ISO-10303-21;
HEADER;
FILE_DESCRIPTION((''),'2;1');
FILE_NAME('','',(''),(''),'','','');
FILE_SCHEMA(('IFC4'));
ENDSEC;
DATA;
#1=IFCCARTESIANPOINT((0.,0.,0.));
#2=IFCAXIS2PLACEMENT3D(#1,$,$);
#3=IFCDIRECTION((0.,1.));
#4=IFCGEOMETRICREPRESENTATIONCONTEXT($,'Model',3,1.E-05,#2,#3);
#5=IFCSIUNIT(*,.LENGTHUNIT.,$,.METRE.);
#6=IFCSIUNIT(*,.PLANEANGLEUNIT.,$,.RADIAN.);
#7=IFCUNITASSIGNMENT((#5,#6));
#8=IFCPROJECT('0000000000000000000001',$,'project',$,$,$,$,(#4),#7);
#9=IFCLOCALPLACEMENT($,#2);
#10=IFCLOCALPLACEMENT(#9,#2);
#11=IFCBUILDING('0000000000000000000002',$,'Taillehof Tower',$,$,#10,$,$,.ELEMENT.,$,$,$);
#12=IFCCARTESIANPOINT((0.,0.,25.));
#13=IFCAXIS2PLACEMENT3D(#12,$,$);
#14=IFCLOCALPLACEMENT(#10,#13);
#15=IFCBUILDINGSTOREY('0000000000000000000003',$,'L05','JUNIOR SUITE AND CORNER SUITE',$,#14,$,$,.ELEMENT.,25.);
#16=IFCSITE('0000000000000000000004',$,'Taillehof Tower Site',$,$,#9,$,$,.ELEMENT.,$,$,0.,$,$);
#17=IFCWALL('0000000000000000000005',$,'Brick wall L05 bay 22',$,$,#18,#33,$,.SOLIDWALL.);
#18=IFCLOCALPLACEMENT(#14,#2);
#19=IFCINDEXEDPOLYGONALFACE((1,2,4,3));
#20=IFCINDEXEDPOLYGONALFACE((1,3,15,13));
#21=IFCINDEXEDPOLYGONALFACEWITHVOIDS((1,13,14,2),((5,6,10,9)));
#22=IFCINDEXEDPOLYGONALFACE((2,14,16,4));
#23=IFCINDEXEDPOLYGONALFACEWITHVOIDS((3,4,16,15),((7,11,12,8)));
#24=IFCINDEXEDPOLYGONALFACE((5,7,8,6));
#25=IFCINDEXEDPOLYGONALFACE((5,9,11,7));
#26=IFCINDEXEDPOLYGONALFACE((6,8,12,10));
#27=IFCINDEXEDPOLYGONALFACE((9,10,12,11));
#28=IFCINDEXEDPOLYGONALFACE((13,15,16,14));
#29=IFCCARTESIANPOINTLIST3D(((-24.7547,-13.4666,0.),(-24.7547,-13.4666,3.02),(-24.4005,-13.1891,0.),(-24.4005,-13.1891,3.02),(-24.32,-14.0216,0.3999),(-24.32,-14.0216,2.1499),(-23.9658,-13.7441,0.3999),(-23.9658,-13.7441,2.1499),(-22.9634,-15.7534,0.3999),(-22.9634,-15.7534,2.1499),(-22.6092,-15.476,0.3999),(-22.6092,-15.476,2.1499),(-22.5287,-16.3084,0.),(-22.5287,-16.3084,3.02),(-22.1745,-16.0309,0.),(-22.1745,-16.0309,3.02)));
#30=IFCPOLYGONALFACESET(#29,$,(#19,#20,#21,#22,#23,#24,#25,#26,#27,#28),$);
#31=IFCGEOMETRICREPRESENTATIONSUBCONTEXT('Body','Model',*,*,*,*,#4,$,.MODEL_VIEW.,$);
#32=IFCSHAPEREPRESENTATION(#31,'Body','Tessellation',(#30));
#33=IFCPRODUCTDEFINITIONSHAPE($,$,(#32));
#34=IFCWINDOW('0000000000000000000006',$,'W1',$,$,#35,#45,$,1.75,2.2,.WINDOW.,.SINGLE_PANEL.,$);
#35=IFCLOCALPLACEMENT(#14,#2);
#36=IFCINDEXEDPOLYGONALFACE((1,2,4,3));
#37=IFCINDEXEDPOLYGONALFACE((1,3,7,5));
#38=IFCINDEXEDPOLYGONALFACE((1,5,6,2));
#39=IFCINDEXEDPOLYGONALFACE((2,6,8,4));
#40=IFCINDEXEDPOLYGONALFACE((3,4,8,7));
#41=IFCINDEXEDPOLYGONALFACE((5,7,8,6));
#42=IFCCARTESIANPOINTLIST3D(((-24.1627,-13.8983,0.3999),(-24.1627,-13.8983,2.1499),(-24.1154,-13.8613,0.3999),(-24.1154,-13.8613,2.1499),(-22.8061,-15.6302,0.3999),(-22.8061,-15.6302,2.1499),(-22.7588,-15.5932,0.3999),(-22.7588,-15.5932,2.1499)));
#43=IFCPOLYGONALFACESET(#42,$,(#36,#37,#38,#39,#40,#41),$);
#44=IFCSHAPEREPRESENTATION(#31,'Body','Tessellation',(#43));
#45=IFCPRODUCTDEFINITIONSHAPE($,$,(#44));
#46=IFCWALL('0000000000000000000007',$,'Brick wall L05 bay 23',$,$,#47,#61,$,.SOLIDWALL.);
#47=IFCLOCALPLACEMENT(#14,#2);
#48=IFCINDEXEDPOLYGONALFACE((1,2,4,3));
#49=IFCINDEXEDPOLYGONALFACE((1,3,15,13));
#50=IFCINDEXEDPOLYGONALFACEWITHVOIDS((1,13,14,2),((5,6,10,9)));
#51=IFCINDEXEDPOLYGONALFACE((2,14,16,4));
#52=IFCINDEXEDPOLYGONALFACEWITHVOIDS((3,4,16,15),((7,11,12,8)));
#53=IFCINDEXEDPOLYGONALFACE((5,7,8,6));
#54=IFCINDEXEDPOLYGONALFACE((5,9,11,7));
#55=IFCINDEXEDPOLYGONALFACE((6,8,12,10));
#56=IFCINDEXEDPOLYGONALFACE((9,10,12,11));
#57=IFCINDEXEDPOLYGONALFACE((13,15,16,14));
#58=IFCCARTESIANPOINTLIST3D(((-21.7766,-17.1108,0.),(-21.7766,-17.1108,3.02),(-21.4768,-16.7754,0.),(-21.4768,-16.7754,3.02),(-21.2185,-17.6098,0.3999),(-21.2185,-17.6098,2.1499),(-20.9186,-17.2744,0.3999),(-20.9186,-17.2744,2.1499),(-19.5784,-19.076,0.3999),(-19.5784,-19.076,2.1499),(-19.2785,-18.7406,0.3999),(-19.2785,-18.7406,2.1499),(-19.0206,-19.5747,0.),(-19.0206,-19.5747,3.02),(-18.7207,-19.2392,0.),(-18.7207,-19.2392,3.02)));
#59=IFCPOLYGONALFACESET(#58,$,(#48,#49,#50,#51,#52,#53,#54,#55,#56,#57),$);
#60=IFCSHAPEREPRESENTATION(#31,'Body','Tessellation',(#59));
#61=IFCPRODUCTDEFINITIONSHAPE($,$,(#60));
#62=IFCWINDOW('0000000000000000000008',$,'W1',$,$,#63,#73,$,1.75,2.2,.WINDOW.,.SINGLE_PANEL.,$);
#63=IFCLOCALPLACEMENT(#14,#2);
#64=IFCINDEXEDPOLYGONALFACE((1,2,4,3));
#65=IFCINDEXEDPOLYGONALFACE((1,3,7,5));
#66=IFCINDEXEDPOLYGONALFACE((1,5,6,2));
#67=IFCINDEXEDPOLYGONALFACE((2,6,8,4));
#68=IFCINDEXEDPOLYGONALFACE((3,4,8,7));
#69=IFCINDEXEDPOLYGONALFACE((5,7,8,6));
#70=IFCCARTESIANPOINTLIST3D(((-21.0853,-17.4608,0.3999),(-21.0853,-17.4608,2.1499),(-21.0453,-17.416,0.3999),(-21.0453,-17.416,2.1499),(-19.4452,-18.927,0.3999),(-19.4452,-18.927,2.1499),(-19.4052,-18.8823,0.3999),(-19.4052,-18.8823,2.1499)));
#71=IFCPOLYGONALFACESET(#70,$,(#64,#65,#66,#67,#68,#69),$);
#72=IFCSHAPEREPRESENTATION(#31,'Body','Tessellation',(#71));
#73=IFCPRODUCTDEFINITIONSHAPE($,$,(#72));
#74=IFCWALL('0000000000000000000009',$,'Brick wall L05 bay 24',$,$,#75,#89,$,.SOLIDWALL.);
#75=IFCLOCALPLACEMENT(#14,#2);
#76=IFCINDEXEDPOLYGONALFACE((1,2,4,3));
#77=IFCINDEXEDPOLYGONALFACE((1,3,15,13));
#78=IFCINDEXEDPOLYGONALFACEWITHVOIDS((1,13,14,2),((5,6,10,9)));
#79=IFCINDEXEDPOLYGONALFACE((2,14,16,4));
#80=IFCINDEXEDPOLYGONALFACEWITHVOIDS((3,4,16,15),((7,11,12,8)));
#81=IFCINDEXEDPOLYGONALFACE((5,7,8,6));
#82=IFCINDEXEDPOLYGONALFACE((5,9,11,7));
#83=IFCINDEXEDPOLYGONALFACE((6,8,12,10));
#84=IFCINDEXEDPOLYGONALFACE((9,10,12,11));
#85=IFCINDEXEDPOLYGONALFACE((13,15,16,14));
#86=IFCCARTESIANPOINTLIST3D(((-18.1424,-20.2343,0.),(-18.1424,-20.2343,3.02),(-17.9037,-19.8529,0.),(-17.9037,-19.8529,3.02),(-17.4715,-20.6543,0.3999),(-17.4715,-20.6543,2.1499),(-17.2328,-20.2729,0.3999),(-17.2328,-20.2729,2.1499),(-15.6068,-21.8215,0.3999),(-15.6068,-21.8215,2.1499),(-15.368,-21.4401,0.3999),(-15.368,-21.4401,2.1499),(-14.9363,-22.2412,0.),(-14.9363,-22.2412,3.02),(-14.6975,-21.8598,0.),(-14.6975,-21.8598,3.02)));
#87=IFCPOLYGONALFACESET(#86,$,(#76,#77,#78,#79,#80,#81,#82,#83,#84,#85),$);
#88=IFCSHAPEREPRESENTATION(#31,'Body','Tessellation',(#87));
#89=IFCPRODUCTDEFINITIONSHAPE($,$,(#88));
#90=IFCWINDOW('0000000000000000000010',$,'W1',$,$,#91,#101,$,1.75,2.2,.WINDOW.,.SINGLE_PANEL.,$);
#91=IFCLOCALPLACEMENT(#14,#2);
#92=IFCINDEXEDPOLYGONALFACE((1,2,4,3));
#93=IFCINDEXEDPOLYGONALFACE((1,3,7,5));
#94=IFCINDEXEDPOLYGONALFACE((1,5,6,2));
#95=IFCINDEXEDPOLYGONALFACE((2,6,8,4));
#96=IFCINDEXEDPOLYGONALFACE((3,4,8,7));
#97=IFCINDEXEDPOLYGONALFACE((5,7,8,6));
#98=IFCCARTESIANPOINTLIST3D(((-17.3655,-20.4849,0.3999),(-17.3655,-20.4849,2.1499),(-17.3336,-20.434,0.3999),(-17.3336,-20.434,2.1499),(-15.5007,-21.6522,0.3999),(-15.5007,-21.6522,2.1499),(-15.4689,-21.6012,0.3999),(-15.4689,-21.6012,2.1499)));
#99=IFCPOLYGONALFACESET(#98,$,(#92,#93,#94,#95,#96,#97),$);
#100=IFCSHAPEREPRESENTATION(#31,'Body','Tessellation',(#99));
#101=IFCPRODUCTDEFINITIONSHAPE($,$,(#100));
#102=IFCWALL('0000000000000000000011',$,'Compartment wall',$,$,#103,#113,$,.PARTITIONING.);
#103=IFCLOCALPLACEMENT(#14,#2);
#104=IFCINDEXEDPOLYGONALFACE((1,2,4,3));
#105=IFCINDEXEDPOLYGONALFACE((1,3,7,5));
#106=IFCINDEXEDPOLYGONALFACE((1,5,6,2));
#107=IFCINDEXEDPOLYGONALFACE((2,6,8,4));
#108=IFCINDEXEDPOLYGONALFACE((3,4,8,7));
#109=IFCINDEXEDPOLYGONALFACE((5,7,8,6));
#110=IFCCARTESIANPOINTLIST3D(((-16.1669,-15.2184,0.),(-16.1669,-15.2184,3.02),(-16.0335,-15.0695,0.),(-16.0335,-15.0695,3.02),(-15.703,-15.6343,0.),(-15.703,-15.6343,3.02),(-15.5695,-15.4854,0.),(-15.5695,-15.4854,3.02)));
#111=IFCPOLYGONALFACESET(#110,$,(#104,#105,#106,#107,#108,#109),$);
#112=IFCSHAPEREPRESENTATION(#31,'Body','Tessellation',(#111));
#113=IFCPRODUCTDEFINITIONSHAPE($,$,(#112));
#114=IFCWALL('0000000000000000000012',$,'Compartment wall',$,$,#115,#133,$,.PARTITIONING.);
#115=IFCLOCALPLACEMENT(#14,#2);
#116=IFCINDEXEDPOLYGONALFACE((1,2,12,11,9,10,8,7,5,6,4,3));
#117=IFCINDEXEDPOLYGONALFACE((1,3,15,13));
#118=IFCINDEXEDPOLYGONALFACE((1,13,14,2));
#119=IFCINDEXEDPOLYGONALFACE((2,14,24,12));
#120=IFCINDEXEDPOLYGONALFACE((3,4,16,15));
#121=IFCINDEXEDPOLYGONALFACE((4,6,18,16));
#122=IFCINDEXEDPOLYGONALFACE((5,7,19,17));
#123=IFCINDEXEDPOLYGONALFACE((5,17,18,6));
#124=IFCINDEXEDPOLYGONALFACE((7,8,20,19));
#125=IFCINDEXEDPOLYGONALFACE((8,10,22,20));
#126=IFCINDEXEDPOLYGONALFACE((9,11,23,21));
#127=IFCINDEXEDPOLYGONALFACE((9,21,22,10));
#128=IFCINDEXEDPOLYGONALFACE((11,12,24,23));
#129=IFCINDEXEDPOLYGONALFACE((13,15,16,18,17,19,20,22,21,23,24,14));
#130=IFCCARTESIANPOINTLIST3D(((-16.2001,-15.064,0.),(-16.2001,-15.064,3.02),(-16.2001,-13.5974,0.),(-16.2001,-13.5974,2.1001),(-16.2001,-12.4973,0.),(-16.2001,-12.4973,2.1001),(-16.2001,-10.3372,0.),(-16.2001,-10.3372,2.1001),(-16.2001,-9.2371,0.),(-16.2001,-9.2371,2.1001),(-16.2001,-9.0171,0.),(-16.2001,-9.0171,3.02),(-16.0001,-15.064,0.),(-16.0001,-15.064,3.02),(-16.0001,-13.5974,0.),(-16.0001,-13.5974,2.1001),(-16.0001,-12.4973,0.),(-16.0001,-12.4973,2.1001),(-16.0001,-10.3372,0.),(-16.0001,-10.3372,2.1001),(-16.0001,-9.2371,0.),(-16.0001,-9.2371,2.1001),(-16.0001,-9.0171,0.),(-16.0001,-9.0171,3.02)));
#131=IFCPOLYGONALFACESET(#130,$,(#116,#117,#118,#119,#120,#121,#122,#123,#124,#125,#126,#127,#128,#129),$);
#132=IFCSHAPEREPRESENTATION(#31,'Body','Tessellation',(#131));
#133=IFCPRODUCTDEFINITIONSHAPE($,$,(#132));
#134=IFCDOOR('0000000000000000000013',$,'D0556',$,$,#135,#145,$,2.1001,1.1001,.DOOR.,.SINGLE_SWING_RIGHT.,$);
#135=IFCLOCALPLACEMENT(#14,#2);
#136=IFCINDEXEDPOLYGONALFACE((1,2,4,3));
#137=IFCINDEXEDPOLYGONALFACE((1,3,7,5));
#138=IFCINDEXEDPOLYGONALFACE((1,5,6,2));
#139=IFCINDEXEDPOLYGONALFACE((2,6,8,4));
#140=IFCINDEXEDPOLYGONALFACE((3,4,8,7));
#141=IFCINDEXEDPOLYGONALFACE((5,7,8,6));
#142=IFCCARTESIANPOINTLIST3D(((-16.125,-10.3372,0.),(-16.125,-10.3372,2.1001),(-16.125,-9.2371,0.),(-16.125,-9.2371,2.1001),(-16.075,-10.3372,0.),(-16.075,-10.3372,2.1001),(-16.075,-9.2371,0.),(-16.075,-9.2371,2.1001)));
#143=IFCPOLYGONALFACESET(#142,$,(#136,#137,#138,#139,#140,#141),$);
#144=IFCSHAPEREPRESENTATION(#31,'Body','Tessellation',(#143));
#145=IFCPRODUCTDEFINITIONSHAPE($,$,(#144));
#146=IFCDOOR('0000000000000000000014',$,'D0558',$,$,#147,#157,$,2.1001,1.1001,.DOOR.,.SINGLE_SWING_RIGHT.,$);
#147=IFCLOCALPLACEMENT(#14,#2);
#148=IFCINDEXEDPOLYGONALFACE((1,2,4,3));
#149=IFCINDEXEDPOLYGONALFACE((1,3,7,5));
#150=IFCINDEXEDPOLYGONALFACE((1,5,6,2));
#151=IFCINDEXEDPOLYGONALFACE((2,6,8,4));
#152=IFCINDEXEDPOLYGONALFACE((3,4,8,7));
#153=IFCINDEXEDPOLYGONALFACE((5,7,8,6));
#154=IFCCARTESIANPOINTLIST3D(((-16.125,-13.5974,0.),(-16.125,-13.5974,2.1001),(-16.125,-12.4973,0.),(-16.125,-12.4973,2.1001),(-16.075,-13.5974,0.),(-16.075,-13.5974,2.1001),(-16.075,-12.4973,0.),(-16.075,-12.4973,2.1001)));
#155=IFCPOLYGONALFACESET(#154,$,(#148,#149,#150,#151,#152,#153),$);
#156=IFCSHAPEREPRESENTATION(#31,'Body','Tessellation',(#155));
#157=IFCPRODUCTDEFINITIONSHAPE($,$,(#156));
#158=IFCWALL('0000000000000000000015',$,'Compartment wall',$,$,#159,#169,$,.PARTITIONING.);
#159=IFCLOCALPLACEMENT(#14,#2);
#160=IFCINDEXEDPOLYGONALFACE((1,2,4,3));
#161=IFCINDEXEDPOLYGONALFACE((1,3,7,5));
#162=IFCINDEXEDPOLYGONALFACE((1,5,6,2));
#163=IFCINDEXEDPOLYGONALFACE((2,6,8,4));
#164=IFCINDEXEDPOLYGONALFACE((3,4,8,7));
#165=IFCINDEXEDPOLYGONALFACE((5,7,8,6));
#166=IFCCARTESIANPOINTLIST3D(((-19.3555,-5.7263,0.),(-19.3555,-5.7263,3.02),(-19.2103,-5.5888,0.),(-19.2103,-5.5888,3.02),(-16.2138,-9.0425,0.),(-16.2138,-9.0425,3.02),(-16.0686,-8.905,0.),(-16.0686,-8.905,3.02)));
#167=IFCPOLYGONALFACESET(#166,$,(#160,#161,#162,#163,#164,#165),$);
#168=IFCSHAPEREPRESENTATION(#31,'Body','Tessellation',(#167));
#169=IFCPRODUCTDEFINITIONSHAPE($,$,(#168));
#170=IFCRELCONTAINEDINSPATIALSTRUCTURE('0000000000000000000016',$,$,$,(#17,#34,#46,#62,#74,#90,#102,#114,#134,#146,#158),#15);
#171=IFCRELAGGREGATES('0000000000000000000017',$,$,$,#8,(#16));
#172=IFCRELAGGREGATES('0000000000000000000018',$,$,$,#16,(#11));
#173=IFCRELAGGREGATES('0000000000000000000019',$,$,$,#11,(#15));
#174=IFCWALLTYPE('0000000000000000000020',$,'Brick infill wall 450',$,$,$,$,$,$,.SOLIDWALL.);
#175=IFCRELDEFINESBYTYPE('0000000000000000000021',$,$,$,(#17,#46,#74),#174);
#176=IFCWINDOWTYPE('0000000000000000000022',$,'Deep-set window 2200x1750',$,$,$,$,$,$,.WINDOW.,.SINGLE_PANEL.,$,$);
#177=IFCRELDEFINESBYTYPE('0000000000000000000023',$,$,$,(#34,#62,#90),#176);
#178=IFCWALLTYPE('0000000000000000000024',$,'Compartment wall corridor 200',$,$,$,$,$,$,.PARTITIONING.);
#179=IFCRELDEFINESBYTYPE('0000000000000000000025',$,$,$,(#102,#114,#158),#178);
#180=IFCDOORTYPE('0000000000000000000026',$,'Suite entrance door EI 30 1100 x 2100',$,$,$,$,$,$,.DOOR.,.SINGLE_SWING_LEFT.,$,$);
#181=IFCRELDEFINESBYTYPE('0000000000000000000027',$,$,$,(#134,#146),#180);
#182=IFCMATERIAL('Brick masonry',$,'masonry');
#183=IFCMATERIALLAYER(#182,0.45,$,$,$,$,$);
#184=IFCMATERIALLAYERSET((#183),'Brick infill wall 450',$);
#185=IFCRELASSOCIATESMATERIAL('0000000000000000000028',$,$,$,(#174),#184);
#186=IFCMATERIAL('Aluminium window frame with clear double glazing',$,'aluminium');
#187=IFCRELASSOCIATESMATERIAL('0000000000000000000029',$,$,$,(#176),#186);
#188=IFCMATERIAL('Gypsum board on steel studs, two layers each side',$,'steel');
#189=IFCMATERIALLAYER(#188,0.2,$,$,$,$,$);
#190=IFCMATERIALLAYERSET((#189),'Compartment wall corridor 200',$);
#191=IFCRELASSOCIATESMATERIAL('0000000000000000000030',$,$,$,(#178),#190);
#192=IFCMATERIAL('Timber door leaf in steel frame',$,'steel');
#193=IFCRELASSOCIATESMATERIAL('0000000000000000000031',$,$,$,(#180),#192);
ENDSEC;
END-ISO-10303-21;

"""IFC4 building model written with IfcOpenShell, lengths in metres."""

from ifc_helpers import new_model, si_unit, direction, frame, frame_2d, origin, place, context, subcontext, project, spatial, rectangle, extrude, material, layer, layer_set, type_object, element, fill, save


model = new_model("IFC4")

# Units and contexts
model_context = context("Model", 3, precision=1e-05, world=origin(), true_north=direction((0.0, 1.0)))
body_context = subcontext(model_context, "Body", "Model", "MODEL_VIEW")
ifc_project = project(units=[si_unit("LENGTHUNIT", "METRE"), si_unit("PLANEANGLEUNIT", "RADIAN")], contexts=[model_context])

# Site, building, storey
site_placement = place(None, origin())
site = spatial("IfcSite", under=ifc_project, at=site_placement, Name="Taillehof Tower Site", CompositionType="ELEMENT", RefElevation=0.0)
building_placement = place(site_placement, origin())
building = spatial("IfcBuilding", under=site, at=building_placement, Name="Taillehof Tower", CompositionType="ELEMENT")
storey_placement = place(building_placement, frame((0.0, 0.0, 25.0)))
storey = spatial("IfcBuildingStorey", under=building, at=storey_placement, Name="L05", Description="JUNIOR SUITE AND CORNER SUITE", CompositionType="ELEMENT", Elevation=25.0)

# Walls, openings, windows
ifc_material_1 = material(Name="Brick masonry", Category="masonry")
ifc_layer_1 = layer(ifc_material_1, 0.45)
ifc_layer_set_1 = layer_set([ifc_layer_1], Name="Brick infill wall 450")
wall_type_1 = type_object("IfcWallType", Name="Brick infill wall 450", PredefinedType="SOLIDWALL", material=ifc_layer_set_1)
ifc_material_2 = material(Name="Aluminium window frame with clear double glazing", Category="aluminium")
window_type = type_object("IfcWindowType", Name="Deep-set window 2200x1750", PartitioningType="SINGLE_PANEL", PredefinedType="WINDOW", material=ifc_material_2)
wall_1_placement = place(storey_placement, frame((-24.5776, -13.3279, 0.0), z_axis=(0.0, 0.0, 1.0), x_axis=(0.616662, -0.787228, 0.0)))
wall_1 = element("IfcWall", 1, at=wall_1_placement, inside=storey, type_object=wall_type_1, Name="Brick wall L05 bay 22", PredefinedType="SOLIDWALL", context=body_context, shape_type="SweptSolid", body=[
    extrude(rectangle(XDim=3.6099, YDim=0.45, at=frame_2d((1.8049, 0.0))), origin(), (0.0, 0.0, 1.0), 3.02),
])
opening_1_placement = place(wall_1_placement, frame((0.7048, 0.0, 0.3999)))
opening_1 = element("IfcOpeningElement", 2, at=opening_1_placement, cuts=wall_1, PredefinedType="OPENING", context=body_context, shape_type="SweptSolid", body=[
    extrude(rectangle(XDim=2.2, YDim=1.75, at=frame_2d((1.1001, 0.875))), frame((0.0, 0.2349, 0.0), z_axis=(0.0, -1.0, 0.0), x_axis=(1.0, 0.0, 0.0)), (0.0, 0.0, 1.0), 0.47),
])
window_1_placement = place(opening_1_placement, origin())
window_1 = element("IfcWindow", 3, at=window_1_placement, inside=storey, type_object=window_type, Name="W1", OverallHeight=1.75, OverallWidth=2.2, PartitioningType="SINGLE_PANEL", PredefinedType="WINDOW", context=body_context, shape_type="SweptSolid", body=[
    extrude(rectangle(XDim=2.2, YDim=1.75, at=frame_2d((1.1001, 0.875))), frame((0.0, 0.0349, 0.0), z_axis=(0.0, -1.0, 0.0), x_axis=(1.0, 0.0, 0.0)), (0.0, 0.0, 1.0), 0.0601),
])
fill(opening_1, window_1)
wall_2_placement = place(storey_placement, frame((-21.6267, -16.9431, 0.0), z_axis=(0.0, 0.0, 1.0), x_axis=(0.745526, -0.666476, 0.0)))
wall_2 = element("IfcWall", 4, at=wall_2_placement, inside=storey, type_object=wall_type_1, Name="Brick wall L05 bay 23", PredefinedType="SOLIDWALL", context=body_context, shape_type="SweptSolid", body=[
    extrude(rectangle(XDim=3.6968, YDim=0.45, at=frame_2d((1.8484, 0.0))), origin(), (0.0, 0.0, 1.0), 3.02),
])
opening_2_placement = place(wall_2_placement, frame((0.7485, 0.0, 0.3999)))
opening_2 = element("IfcOpeningElement", 5, at=opening_2_placement, cuts=wall_2, PredefinedType="OPENING", context=body_context, shape_type="SweptSolid", body=[
    extrude(rectangle(XDim=2.2, YDim=1.75, at=frame_2d((1.1001, 0.875))), frame((0.0, 0.2349, 0.0), z_axis=(0.0, -1.0, 0.0), x_axis=(1.0, 0.0, 0.0)), (0.0, 0.0, 1.0), 0.47),
])
window_2_placement = place(opening_2_placement, origin())
window_2 = element("IfcWindow", 6, at=window_2_placement, inside=storey, type_object=window_type, Name="W1", OverallHeight=1.75, OverallWidth=2.2, PartitioningType="SINGLE_PANEL", PredefinedType="WINDOW", context=body_context, shape_type="SweptSolid", body=[
    extrude(rectangle(XDim=2.2, YDim=1.75, at=frame_2d((1.1001, 0.875))), frame((0.0, 0.0349, 0.0), z_axis=(0.0, -1.0, 0.0), x_axis=(1.0, 0.0, 0.0)), (0.0, 0.0, 1.0), 0.0601),
])
fill(opening_2, window_2)
wall_3_placement = place(storey_placement, frame((-18.0229, -20.0437, 0.0), z_axis=(0.0, 0.0, 1.0), x_axis=(0.847635, -0.530579, 0.0)))
wall_3 = element("IfcWall", 7, at=wall_3_placement, inside=storey, type_object=wall_type_1, Name="Brick wall L05 bay 24", PredefinedType="SOLIDWALL", context=body_context, shape_type="SweptSolid", body=[
    extrude(rectangle(XDim=3.7825, YDim=0.45, at=frame_2d((1.8911, 0.0))), origin(), (0.0, 0.0, 1.0), 3.02),
])
opening_3_placement = place(wall_3_placement, frame((0.7913, 0.0, 0.3999)))
opening_3 = element("IfcOpeningElement", 8, at=opening_3_placement, cuts=wall_3, PredefinedType="OPENING", context=body_context, shape_type="SweptSolid", body=[
    extrude(rectangle(XDim=2.2, YDim=1.75, at=frame_2d((1.1001, 0.875))), frame((0.0, 0.2349, 0.0), z_axis=(0.0, -1.0, 0.0), x_axis=(1.0, 0.0, 0.0)), (0.0, 0.0, 1.0), 0.47),
])
window_3_placement = place(opening_3_placement, origin())
window_3 = element("IfcWindow", 9, at=window_3_placement, inside=storey, type_object=window_type, Name="W1", OverallHeight=1.75, OverallWidth=2.2, PartitioningType="SINGLE_PANEL", PredefinedType="WINDOW", context=body_context, shape_type="SweptSolid", body=[
    extrude(rectangle(XDim=2.2, YDim=1.75, at=frame_2d((1.1001, 0.875))), frame((0.0, 0.0349, 0.0), z_axis=(0.0, -1.0, 0.0), x_axis=(1.0, 0.0, 0.0)), (0.0, 0.0, 1.0), 0.0601),
])
fill(opening_3, window_3)

# Wall
ifc_material_3 = material(Name="Gypsum board on steel studs, two layers each side", Category="steel")
ifc_layer_2 = layer(ifc_material_3, 0.2)
ifc_layer_set_2 = layer_set([ifc_layer_2], Name="Compartment wall corridor 200")
wall_type_2 = type_object("IfcWallType", Name="Compartment wall corridor 200", PredefinedType="PARTITIONING", material=ifc_layer_set_2)
wall_4_placement = place(storey_placement, frame((-15.6362, -15.5598, 0.0), z_axis=(0.0, 0.0, 1.0), x_axis=(-0.744657, 0.667448, 0.0)))
element("IfcWall", 10, at=wall_4_placement, inside=storey, type_object=wall_type_2, Name="Compartment wall", PredefinedType="PARTITIONING", context=body_context, shape_type="SweptSolid", body=[
    extrude(rectangle(XDim=0.623, YDim=0.2, at=frame_2d((0.3115, 0.0))), origin(), (0.0, 0.0, 1.0), 3.02),
])

# Wall, openings, doors
wall_5_placement = place(storey_placement, frame((-16.1001, -15.064, 0.0), z_axis=(0.0, 0.0, 1.0), x_axis=(0.0, 1.0, 0.0)))
wall_5 = element("IfcWall", 11, at=wall_5_placement, inside=storey, type_object=wall_type_2, Name="Compartment wall", PredefinedType="PARTITIONING", context=body_context, shape_type="SweptSolid", body=[
    extrude(rectangle(XDim=6.0469, YDim=0.2, at=frame_2d((3.0234, 0.0))), origin(), (0.0, 0.0, 1.0), 3.02),
])
opening_4_placement = place(wall_5_placement, frame((4.7268, 0.0, 0.0)))
opening_4 = element("IfcOpeningElement", 12, at=opening_4_placement, cuts=wall_5, PredefinedType="OPENING", context=body_context, shape_type="SweptSolid", body=[
    extrude(rectangle(XDim=1.1001, YDim=2.1001, at=frame_2d((0.55, 1.05))), frame((0.0, 0.1099, 0.0), z_axis=(0.0, -1.0, 0.0), x_axis=(1.0, 0.0, 0.0)), (0.0, 0.0, 1.0), 0.22),
])
opening_5_placement = place(wall_5_placement, frame((1.4666, 0.0, 0.0)))
opening_5 = element("IfcOpeningElement", 13, at=opening_5_placement, cuts=wall_5, PredefinedType="OPENING", context=body_context, shape_type="SweptSolid", body=[
    extrude(rectangle(XDim=1.1001, YDim=2.1001, at=frame_2d((0.55, 1.05))), frame((0.0, 0.1099, 0.0), z_axis=(0.0, -1.0, 0.0), x_axis=(1.0, 0.0, 0.0)), (0.0, 0.0, 1.0), 0.22),
])
ifc_material_4 = material(Name="Timber door leaf in steel frame", Category="steel")
door_type = type_object("IfcDoorType", Name="Suite entrance door EI 30 1100 x 2100", OperationType="SINGLE_SWING_LEFT", PredefinedType="DOOR", material=ifc_material_4)
door_1_placement = place(opening_4_placement, origin())
door_1 = element("IfcDoor", 14, at=door_1_placement, inside=storey, type_object=door_type, Name="D0556", OperationType="SINGLE_SWING_RIGHT", OverallHeight=2.1001, OverallWidth=1.1001, PredefinedType="DOOR", context=body_context, shape_type="SweptSolid", body=[
    extrude(rectangle(XDim=1.1001, YDim=2.1001, at=frame_2d((0.55, 1.05))), frame((0.0, 0.0249, 0.0), z_axis=(0.0, -1.0, 0.0), x_axis=(1.0, 0.0, 0.0)), (0.0, 0.0, 1.0), 0.05),
])
fill(opening_4, door_1)
door_2_placement = place(opening_5_placement, origin())
door_2 = element("IfcDoor", 15, at=door_2_placement, inside=storey, type_object=door_type, Name="D0558", OperationType="SINGLE_SWING_RIGHT", OverallHeight=2.1001, OverallWidth=1.1001, PredefinedType="DOOR", context=body_context, shape_type="SweptSolid", body=[
    extrude(rectangle(XDim=1.1001, YDim=2.1001, at=frame_2d((0.55, 1.05))), frame((0.0, 0.0249, 0.0), z_axis=(0.0, -1.0, 0.0), x_axis=(1.0, 0.0, 0.0)), (0.0, 0.0, 1.0), 0.05),
])
fill(opening_5, door_2)

# Wall
wall_6_placement = place(storey_placement, frame((-16.1411, -8.9739, 0.0), z_axis=(0.0, 0.0, 1.0), x_axis=(-0.687742, 0.725955, 0.0)))
element("IfcWall", 16, at=wall_6_placement, inside=storey, type_object=wall_type_2, Name="Compartment wall", PredefinedType="PARTITIONING", context=body_context, shape_type="SweptSolid", body=[
    extrude(rectangle(XDim=4.5681, YDim=0.2, at=frame_2d((2.2842, 0.0))), origin(), (0.0, 0.0, 1.0), 3.02),
])

save(model, "model.ifc")
